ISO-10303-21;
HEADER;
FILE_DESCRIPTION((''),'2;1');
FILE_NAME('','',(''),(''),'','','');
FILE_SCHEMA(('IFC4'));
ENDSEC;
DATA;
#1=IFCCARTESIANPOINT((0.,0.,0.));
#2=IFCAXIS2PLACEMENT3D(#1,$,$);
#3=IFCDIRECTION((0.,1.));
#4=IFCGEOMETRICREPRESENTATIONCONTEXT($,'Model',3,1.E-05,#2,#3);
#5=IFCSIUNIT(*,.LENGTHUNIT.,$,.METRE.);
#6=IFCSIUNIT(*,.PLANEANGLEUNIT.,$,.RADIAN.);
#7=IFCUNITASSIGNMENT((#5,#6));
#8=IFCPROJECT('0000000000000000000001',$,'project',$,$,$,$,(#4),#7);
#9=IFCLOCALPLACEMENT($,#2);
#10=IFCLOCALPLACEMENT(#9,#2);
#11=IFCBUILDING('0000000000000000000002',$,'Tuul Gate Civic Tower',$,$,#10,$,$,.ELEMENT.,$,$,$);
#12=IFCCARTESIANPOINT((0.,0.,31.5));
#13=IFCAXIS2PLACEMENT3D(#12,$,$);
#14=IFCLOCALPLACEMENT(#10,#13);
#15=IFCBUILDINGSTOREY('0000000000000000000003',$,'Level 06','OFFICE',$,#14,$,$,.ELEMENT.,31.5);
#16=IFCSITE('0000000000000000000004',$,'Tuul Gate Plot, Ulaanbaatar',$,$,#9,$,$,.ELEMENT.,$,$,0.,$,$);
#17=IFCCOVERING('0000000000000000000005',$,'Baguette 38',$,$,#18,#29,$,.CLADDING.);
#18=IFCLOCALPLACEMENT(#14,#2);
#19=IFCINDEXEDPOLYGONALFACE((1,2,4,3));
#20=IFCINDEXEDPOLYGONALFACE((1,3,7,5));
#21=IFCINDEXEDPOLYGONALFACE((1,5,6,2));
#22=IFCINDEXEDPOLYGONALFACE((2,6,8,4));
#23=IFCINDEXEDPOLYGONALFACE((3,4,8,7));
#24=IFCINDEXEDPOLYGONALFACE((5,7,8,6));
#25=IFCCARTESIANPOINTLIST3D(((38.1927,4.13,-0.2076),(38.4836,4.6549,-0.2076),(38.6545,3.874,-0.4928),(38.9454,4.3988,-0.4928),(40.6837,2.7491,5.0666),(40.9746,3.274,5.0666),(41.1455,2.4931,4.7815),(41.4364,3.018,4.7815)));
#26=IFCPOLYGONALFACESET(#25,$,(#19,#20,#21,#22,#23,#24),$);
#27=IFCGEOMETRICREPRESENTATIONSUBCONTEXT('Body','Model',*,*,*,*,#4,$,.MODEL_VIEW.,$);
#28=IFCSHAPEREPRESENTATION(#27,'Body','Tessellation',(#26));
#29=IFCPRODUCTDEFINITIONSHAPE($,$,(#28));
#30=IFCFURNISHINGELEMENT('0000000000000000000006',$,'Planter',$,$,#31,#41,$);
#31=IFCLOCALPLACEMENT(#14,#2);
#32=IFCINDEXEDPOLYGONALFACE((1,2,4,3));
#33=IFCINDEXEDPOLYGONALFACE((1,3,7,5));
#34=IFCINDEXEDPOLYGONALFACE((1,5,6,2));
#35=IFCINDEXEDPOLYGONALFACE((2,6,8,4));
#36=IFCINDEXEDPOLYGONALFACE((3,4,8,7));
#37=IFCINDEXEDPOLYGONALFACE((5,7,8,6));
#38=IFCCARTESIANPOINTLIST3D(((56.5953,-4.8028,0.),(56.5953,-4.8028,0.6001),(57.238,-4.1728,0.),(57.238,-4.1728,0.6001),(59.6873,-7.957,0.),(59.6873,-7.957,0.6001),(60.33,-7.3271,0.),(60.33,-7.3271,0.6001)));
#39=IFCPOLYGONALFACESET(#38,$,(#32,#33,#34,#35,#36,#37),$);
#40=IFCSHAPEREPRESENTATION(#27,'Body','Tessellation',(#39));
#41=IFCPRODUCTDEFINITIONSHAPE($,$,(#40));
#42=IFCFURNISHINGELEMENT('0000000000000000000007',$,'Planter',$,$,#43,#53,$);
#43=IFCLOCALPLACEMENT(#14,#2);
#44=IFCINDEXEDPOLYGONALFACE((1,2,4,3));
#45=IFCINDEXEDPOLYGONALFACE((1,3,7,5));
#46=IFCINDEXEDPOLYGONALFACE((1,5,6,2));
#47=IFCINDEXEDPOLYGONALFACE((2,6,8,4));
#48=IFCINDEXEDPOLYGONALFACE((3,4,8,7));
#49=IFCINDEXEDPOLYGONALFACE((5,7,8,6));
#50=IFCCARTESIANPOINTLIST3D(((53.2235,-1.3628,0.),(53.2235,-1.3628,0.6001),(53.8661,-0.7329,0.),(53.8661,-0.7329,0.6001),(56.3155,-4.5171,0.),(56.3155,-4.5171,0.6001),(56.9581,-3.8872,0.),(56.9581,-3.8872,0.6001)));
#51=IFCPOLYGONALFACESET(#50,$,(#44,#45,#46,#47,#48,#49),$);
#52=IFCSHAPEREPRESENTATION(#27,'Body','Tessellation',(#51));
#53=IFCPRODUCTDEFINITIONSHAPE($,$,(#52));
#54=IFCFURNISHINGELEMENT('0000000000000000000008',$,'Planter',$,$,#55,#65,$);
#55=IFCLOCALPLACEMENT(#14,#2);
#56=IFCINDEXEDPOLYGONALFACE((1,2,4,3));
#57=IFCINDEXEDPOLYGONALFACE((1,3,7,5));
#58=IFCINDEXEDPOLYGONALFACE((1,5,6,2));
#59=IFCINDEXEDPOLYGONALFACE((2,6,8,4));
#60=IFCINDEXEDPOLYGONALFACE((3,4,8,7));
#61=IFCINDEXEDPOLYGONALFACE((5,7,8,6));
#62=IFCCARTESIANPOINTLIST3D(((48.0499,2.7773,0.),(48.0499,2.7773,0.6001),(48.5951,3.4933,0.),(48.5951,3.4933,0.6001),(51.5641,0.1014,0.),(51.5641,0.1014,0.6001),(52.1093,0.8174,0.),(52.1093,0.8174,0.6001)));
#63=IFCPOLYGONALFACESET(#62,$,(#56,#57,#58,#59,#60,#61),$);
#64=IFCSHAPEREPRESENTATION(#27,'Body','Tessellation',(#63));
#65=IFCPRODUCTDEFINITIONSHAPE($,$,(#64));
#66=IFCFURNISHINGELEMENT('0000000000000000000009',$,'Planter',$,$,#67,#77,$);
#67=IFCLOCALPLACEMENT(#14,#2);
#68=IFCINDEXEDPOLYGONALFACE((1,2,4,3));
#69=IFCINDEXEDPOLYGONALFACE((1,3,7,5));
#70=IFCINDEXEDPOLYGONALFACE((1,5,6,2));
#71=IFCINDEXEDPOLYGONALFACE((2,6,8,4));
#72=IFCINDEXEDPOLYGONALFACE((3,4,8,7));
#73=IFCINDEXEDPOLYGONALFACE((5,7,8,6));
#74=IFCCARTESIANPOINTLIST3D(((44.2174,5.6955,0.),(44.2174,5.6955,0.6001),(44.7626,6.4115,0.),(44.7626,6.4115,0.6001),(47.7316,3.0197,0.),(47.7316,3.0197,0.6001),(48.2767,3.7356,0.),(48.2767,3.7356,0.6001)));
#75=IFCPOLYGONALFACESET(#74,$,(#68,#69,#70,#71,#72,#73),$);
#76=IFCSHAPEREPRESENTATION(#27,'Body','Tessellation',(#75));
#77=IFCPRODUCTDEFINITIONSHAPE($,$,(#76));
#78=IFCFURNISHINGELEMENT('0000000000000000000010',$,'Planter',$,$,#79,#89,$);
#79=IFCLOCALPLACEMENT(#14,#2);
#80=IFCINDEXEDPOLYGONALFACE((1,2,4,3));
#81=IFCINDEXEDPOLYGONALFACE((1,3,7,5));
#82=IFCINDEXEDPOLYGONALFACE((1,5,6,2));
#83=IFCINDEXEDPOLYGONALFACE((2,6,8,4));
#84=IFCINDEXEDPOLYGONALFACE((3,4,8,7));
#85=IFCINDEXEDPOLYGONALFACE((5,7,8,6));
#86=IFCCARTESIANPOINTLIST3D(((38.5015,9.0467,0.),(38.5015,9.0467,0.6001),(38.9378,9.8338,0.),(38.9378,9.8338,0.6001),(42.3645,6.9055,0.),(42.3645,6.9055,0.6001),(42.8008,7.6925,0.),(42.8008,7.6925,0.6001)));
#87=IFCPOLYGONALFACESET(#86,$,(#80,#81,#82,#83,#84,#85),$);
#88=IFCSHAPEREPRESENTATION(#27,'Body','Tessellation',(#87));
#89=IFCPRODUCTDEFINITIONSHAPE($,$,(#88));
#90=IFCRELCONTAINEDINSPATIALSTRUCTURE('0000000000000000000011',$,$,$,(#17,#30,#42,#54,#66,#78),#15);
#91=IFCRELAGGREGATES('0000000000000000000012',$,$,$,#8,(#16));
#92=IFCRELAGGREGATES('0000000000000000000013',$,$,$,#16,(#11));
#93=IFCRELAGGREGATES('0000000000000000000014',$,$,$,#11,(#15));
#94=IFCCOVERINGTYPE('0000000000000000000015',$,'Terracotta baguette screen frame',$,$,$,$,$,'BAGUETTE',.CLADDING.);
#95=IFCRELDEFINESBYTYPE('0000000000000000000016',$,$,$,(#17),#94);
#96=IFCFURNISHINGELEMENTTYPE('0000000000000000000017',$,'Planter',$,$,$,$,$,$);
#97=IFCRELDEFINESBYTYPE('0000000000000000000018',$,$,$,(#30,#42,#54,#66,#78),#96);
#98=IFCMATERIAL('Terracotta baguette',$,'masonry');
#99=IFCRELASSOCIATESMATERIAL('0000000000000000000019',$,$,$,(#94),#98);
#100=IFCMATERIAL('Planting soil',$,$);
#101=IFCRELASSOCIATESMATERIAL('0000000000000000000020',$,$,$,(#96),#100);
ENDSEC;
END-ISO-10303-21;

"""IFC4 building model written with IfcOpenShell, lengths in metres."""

from ifc_helpers import new_model, si_unit, direction, frame, origin, origin_2d, place, context, subcontext, project, spatial, rectangle, extrude, material, material_profile, profile_set, type_object, element, save


model = new_model("IFC4")

# Units and contexts
model_context = context("Model", 3, precision=1e-05, world=origin(), true_north=direction((0.0, 1.0)))
body_context = subcontext(model_context, "Body", "Model", "MODEL_VIEW")
ifc_project = project(units=[si_unit("LENGTHUNIT", "METRE"), si_unit("PLANEANGLEUNIT", "RADIAN")], contexts=[model_context])

# Site, building, storey
site_placement = place(None, origin())
site = spatial("IfcSite", under=ifc_project, at=site_placement, Name="Tuul Gate Plot, Ulaanbaatar", CompositionType="ELEMENT", RefElevation=0.0)
building_placement = place(site_placement, origin())
building = spatial("IfcBuilding", under=site, at=building_placement, Name="Tuul Gate Civic Tower", CompositionType="ELEMENT")
storey_placement = place(building_placement, frame((0.0, 0.0, 31.5)))
storey = spatial("IfcBuildingStorey", under=building, at=storey_placement, Name="Level 06", Description="OFFICE", CompositionType="ELEMENT", Elevation=31.5)

# Covering
ifc_material_1 = material(Name="Terracotta baguette", Category="masonry")
ifc_material_profile_1 = material_profile(ifc_material_1, rectangle(XDim=0.6001, YDim=0.6001, at=origin_2d()), Name="Terracotta baguette screen frame")
ifc_profile_set_1 = profile_set([ifc_material_profile_1], Name="Terracotta baguette")
covering_type = type_object("IfcCoveringType", Name="Terracotta baguette screen frame", ElementType="BAGUETTE", PredefinedType="CLADDING", material=ifc_profile_set_1)
covering_1_placement = place(storey_placement, frame((41.0601, 2.8835, 4.9241), z_axis=(-0.415574, 0.230372, -0.879902), x_axis=(-0.484835, -0.874606, 0.0)))
element("IfcCovering", 1, at=covering_1_placement, inside=storey, type_object=covering_type, Name="Baguette 38", PredefinedType="CLADDING", context=body_context, shape_type="SweptSolid", body=[
    extrude(rectangle(XDim=0.6001, YDim=0.6001, at=origin_2d()), origin(), (0.0, 0.0, 1.0), 5.9941),
])

# Furnishing elements
ifc_material_2 = material(Name="Planting soil")
furnishing_element_type = type_object("IfcFurnishingElementType", Name="Planter", material=ifc_material_2)
for number, where, z_axis, x_axis, name in (
    (2, (58.4626, -6.0649, 0.0), (0.0, 0.0, 1.0), (-0.700023, 0.71412, 0.0), "Planter"),
    (3, (55.0908, -2.625, 0.0), (0.0, 0.0, 1.0), (-0.700023, 0.71412, 0.0), "Planter"),
    (4, (50.0796, 1.7974, 0.0), (0.0, 0.0, 1.0), (-0.795605, 0.605815, 0.0), "Planter"),
    (5, (46.2471, 4.7156, 0.0), (0.0, 0.0, 1.0), (-0.795605, 0.605815, 0.0), "Planter"),
):
    element("IfcFurnishingElement", number, at=place(storey_placement, frame(where, z_axis=z_axis, x_axis=x_axis)), inside=storey, type_object=furnishing_element_type, Name=name, context=body_context, shape_type="SweptSolid", body=[
        extrude(rectangle(XDim=4.417, YDim=0.8999, at=origin_2d()), origin(), (0.0, 0.0, 1.0), 0.6001),
    ])
furnishing_placement = place(storey_placement, frame((40.6511, 8.3696, 0.0), z_axis=(0.0, 0.0, 1.0), x_axis=(-0.874623, 0.484803, 0.0)))
element("IfcFurnishingElement", 6, at=furnishing_placement, inside=storey, type_object=furnishing_element_type, Name="Planter", context=body_context, shape_type="SweptSolid", body=[
    extrude(rectangle(XDim=4.4167, YDim=0.8999, at=origin_2d()), origin(), (0.0, 0.0, 1.0), 0.6001),
])

save(model, "model.ifc")
